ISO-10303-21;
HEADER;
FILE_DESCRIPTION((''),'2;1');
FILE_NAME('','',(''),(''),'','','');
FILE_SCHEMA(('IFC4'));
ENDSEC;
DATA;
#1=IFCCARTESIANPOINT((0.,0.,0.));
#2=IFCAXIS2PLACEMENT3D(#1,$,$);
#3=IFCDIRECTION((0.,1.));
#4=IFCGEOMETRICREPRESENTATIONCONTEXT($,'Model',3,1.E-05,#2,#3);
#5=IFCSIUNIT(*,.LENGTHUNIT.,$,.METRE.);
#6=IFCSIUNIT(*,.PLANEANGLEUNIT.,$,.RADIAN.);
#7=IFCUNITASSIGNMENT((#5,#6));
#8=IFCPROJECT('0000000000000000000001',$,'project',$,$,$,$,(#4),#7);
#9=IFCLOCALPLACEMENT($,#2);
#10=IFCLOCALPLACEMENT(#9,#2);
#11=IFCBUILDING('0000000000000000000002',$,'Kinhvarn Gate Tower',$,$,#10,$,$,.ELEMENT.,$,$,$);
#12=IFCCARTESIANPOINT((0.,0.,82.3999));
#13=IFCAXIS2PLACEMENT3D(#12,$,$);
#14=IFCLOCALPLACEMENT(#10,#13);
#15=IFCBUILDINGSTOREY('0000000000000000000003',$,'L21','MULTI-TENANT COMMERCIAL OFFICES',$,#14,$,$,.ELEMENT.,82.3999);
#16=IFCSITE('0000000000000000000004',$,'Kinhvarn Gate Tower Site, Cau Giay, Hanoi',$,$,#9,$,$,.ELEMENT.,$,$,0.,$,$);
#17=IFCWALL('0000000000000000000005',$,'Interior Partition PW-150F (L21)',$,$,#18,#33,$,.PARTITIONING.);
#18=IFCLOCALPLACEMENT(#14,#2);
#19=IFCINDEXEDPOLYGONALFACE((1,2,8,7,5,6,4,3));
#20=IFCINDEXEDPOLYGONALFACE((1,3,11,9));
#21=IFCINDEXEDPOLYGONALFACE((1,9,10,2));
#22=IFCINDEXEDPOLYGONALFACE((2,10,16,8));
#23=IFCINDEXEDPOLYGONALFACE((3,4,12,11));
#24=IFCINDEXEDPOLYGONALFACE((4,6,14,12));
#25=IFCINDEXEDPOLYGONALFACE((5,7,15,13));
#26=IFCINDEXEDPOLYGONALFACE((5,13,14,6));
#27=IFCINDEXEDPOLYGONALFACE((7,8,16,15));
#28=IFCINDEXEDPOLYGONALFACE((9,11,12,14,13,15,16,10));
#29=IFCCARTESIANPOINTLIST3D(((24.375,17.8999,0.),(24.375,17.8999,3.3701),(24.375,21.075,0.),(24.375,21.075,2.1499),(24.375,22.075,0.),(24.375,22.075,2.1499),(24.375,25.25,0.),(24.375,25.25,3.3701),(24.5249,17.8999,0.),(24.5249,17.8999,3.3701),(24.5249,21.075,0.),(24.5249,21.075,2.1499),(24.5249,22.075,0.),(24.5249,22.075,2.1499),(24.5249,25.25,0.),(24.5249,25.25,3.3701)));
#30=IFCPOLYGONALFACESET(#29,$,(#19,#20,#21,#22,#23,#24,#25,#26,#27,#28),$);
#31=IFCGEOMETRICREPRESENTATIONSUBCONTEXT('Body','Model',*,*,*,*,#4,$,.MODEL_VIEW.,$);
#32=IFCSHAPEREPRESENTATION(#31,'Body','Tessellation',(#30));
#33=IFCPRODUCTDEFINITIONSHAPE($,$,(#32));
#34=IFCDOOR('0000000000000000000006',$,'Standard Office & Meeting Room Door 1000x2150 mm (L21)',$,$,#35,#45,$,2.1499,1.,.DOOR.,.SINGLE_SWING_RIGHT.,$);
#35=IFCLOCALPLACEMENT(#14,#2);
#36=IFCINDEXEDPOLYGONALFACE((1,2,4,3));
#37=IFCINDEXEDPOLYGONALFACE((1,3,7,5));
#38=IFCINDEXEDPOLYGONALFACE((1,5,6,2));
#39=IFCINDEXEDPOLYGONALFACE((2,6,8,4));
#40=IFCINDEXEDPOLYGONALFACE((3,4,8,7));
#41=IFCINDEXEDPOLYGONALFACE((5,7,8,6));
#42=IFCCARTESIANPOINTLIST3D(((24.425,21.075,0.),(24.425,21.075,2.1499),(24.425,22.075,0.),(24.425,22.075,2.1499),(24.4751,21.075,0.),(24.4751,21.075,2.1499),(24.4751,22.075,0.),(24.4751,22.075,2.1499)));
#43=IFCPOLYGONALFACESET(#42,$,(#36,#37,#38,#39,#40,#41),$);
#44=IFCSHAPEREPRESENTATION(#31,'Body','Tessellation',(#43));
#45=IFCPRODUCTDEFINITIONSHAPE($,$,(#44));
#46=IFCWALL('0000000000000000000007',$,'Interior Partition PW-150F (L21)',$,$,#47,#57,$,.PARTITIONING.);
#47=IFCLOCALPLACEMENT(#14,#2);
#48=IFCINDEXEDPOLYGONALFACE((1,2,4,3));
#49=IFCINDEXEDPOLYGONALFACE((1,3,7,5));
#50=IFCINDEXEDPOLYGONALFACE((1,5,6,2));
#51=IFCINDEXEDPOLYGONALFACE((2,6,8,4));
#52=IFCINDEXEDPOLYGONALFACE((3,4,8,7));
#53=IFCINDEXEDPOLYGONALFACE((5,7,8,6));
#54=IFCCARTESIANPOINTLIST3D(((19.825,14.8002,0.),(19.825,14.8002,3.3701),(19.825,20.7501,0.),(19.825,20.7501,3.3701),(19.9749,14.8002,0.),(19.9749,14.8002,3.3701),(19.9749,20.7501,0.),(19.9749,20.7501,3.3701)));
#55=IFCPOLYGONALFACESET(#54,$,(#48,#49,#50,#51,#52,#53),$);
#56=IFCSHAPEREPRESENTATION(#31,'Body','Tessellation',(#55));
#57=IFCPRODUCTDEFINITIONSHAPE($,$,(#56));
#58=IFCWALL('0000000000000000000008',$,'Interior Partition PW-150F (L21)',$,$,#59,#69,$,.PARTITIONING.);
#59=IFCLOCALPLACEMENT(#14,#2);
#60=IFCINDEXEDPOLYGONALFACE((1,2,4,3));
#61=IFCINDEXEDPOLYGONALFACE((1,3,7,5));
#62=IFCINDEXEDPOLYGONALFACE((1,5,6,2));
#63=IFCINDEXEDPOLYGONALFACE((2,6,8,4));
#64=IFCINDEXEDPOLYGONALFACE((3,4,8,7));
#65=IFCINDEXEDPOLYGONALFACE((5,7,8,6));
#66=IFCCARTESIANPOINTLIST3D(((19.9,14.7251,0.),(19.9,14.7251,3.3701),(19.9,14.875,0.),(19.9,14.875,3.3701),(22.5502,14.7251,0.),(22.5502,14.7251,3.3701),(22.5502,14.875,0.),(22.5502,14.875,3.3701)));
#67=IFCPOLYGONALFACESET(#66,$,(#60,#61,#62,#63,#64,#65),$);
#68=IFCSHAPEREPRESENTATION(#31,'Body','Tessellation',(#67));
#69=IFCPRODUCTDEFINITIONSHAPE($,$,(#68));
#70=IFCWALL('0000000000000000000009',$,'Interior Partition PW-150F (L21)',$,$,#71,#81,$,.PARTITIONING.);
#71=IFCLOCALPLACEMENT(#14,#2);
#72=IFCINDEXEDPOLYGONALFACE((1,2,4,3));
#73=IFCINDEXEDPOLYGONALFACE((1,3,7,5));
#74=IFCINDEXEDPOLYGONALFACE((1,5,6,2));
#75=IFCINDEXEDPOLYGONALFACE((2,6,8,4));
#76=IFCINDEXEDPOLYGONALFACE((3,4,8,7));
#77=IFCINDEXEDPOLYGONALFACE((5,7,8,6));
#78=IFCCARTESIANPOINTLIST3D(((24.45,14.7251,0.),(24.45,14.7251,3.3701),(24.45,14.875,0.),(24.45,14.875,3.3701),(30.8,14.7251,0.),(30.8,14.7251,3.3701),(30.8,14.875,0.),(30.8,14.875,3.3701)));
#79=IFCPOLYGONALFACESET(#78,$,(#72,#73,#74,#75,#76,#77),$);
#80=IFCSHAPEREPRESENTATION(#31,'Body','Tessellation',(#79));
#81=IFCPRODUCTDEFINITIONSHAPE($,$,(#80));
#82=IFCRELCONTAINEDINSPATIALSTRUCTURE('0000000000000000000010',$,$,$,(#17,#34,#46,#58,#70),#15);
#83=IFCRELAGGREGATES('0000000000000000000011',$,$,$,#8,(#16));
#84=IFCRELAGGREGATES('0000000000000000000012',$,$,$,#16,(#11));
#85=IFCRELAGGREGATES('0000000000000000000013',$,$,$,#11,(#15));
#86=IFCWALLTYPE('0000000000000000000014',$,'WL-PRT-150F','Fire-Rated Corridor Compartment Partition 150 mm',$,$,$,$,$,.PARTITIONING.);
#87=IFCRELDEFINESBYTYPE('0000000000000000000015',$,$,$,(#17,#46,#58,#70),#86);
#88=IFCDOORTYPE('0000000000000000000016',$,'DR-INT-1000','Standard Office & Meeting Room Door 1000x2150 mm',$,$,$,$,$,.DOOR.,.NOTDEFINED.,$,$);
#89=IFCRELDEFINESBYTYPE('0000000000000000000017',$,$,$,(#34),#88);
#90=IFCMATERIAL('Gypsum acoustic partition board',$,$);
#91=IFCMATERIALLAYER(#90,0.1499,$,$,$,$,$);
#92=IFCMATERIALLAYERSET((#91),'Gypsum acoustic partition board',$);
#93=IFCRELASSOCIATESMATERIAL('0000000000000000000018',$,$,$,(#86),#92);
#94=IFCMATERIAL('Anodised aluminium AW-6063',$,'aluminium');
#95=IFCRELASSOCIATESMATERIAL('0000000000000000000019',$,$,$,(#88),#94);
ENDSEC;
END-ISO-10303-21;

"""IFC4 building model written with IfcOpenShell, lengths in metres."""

from ifc_helpers import new_model, si_unit, direction, frame, frame_2d, origin, place, context, subcontext, project, spatial, rectangle, extrude, material, layer, layer_set, type_object, element, fill, save


model = new_model("IFC4")

# Units and contexts
model_context = context("Model", 3, precision=1e-05, world=origin(), true_north=direction((0.0, 1.0)))
body_context = subcontext(model_context, "Body", "Model", "MODEL_VIEW")
ifc_project = project(units=[si_unit("LENGTHUNIT", "METRE"), si_unit("PLANEANGLEUNIT", "RADIAN")], contexts=[model_context])

# Site, building, storey
site_placement = place(None, origin())
site = spatial("IfcSite", under=ifc_project, at=site_placement, Name="Kinhvarn Gate Tower Site, Cau Giay, Hanoi", CompositionType="ELEMENT", RefElevation=0.0)
building_placement = place(site_placement, origin())
building = spatial("IfcBuilding", under=site, at=building_placement, Name="Kinhvarn Gate Tower", CompositionType="ELEMENT")
storey_placement = place(building_placement, frame((0.0, 0.0, 82.3999)))
storey = spatial("IfcBuildingStorey", under=building, at=storey_placement, Name="L21", Description="MULTI-TENANT COMMERCIAL OFFICES", CompositionType="ELEMENT", Elevation=82.3999)

# Shared definitions
ifc_material_1 = material(Name="Anodised aluminium AW-6063", Category="aluminium")

# Shared definitions
ifc_material_2 = material(Name="Gypsum acoustic partition board")

# Wall, opening, door
ifc_layer_1 = layer(ifc_material_2, 0.1499)
ifc_layer_set_1 = layer_set([ifc_layer_1], Name="Gypsum acoustic partition board")
wall_type_1 = type_object("IfcWallType", Name="WL-PRT-150F", Description="Fire-Rated Corridor Compartment Partition 150 mm", PredefinedType="PARTITIONING", material=ifc_layer_set_1)
door_type_1 = type_object("IfcDoorType", Name="DR-INT-1000", Description="Standard Office & Meeting Room Door 1000x2150 mm", OperationType="NOTDEFINED", PredefinedType="DOOR", material=ifc_material_1)
wall_1_placement = place(storey_placement, frame((24.45, 17.8999, 0.0), z_axis=(0.0, 0.0, 1.0), x_axis=(0.0, 1.0, 0.0)))
wall_1 = element("IfcWall", 1, at=wall_1_placement, inside=storey, type_object=wall_type_1, Name="Interior Partition PW-150F (L21)", PredefinedType="PARTITIONING", context=body_context, shape_type="SweptSolid", body=[
    extrude(rectangle(XDim=7.3501, YDim=0.1499, at=frame_2d((3.675, 0.0))), origin(), (0.0, 0.0, 1.0), 3.3701),
])
opening_1_placement = place(wall_1_placement, frame((3.175, 0.0, 0.0)))
opening_1 = element("IfcOpeningElement", 2, at=opening_1_placement, cuts=wall_1, PredefinedType="OPENING", context=body_context, shape_type="SweptSolid", body=[
    extrude(rectangle(XDim=1.0, YDim=2.1499, at=frame_2d((0.5, 1.075))), frame((0.0, 0.085, 0.0), z_axis=(0.0, -1.0, 0.0), x_axis=(1.0, 0.0, 0.0)), (0.0, 0.0, 1.0), 0.1699),
])
door_1_placement = place(opening_1_placement, origin())
door_1 = element("IfcDoor", 3, at=door_1_placement, inside=storey, type_object=door_type_1, Name="Standard Office & Meeting Room Door 1000x2150 mm (L21)", OperationType="SINGLE_SWING_RIGHT", OverallHeight=2.1499, OverallWidth=1.0, PredefinedType="DOOR", context=body_context, shape_type="SweptSolid", body=[
    extrude(rectangle(XDim=1.0, YDim=2.1499, at=frame_2d((0.5, 1.075))), frame((0.0, 0.0249, 0.0), z_axis=(0.0, -1.0, 0.0), x_axis=(1.0, 0.0, 0.0)), (0.0, 0.0, 1.0), 0.05),
])
fill(opening_1, door_1)

# Walls
wall_2_placement = place(storey_placement, frame((19.8999, 14.8, 0.0), z_axis=(0.0, 0.0, 1.0), x_axis=(0.0, 1.0, 0.0)))
element("IfcWall", 4, at=wall_2_placement, inside=storey, type_object=wall_type_1, Name="Interior Partition PW-150F (L21)", PredefinedType="PARTITIONING", context=body_context, shape_type="SweptSolid", body=[
    extrude(rectangle(XDim=5.95, YDim=0.1499, at=frame_2d((2.9751, 0.0))), origin(), (0.0, 0.0, 1.0), 3.3701),
])
wall_3_placement = place(storey_placement, frame((19.8999, 14.8, 0.0), z_axis=(0.0, 0.0, 1.0), x_axis=(1.0, 0.0, 0.0)))
element("IfcWall", 5, at=wall_3_placement, inside=storey, type_object=wall_type_1, Name="Interior Partition PW-150F (L21)", PredefinedType="PARTITIONING", context=body_context, shape_type="SweptSolid", body=[
    extrude(rectangle(XDim=2.6501, YDim=0.1499, at=frame_2d((1.3252, 0.0))), origin(), (0.0, 0.0, 1.0), 3.3701),
])
wall_4_placement = place(storey_placement, frame((24.45, 14.8, 0.0), z_axis=(0.0, 0.0, 1.0), x_axis=(1.0, 0.0, 0.0)))
element("IfcWall", 6, at=wall_4_placement, inside=storey, type_object=wall_type_1, Name="Interior Partition PW-150F (L21)", PredefinedType="PARTITIONING", context=body_context, shape_type="SweptSolid", body=[
    extrude(rectangle(XDim=6.3501, YDim=0.1499, at=frame_2d((3.175, 0.0))), origin(), (0.0, 0.0, 1.0), 3.3701),
])

save(model, "model.ifc")
